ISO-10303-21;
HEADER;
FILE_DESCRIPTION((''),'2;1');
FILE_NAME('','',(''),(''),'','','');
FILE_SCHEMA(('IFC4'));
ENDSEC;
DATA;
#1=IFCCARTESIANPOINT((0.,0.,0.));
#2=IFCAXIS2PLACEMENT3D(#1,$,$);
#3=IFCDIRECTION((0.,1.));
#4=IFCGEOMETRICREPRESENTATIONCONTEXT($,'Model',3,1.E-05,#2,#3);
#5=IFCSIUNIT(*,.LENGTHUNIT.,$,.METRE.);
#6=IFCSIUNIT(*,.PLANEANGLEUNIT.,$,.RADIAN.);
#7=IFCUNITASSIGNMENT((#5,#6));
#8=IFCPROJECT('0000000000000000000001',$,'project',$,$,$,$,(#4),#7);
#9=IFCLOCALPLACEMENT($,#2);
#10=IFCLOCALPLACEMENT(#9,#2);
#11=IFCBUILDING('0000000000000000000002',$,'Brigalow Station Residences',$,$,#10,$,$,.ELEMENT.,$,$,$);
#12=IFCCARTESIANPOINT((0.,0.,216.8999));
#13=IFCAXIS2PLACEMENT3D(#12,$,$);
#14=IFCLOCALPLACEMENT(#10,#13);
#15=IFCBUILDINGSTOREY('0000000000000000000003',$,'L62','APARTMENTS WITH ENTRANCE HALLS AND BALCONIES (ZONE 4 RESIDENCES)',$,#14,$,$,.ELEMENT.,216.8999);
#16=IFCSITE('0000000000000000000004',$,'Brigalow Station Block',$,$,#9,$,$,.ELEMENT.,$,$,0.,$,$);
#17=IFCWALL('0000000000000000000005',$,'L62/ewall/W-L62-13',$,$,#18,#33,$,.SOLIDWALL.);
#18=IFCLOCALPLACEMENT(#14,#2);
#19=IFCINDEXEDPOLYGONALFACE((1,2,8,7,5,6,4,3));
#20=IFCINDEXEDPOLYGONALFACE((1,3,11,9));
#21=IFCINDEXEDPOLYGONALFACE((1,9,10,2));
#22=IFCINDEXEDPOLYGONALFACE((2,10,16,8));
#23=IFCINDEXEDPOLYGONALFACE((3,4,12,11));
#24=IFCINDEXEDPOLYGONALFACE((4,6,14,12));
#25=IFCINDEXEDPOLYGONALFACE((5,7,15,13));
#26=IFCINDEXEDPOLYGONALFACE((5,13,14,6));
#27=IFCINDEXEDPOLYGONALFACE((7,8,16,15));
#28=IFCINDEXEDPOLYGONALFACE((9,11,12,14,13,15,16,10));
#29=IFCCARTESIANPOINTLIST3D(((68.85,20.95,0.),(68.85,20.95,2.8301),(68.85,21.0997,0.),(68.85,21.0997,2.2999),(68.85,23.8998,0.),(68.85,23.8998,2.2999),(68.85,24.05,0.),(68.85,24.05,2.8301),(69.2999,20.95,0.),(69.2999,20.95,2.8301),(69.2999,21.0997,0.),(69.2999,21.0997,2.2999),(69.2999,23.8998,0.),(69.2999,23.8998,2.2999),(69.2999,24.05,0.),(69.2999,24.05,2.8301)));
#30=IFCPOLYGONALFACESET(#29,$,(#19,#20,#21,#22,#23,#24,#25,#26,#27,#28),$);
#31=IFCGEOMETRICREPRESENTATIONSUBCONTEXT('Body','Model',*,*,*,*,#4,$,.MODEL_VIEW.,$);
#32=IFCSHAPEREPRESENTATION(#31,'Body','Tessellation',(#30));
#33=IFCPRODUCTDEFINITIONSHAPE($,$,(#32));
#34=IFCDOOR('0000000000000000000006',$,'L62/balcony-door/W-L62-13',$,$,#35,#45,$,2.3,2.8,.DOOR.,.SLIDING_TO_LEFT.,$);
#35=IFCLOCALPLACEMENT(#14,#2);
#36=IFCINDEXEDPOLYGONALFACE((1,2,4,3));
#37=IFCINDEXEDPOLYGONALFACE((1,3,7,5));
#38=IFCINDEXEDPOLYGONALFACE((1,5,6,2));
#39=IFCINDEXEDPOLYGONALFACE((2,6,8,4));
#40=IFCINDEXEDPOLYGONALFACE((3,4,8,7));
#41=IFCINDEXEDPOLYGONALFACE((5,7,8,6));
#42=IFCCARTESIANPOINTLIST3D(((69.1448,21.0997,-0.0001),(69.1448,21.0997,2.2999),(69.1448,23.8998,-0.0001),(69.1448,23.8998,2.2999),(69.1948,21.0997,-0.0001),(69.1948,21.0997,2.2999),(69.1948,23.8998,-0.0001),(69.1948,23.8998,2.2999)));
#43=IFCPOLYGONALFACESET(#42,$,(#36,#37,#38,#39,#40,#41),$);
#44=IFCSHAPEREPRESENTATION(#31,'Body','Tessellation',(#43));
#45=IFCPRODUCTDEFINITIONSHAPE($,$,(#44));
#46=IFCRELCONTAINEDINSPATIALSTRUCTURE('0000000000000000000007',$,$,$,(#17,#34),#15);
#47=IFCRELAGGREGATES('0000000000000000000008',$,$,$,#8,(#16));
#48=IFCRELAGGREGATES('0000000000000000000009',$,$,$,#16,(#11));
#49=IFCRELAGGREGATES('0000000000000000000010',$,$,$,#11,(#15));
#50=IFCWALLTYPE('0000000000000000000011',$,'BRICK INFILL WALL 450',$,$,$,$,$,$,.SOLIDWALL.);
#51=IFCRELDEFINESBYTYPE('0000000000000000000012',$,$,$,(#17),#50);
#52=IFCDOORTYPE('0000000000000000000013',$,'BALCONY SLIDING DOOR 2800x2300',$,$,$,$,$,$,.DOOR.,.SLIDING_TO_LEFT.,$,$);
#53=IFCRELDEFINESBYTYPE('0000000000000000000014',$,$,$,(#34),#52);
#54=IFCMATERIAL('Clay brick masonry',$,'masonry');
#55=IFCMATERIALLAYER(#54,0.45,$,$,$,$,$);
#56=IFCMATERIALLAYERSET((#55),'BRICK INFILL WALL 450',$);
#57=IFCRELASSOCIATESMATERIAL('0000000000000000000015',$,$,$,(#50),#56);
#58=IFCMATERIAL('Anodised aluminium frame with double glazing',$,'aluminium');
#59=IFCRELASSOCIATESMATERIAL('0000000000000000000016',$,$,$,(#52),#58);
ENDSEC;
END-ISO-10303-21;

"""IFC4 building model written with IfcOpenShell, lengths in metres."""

from ifc_helpers import new_model, si_unit, direction, frame, frame_2d, origin, place, context, subcontext, project, spatial, rectangle, extrude, material, layer, layer_set, type_object, element, fill, save


model = new_model("IFC4")

# Units and contexts
model_context = context("Model", 3, precision=1e-05, world=origin(), true_north=direction((0.0, 1.0)))
body_context = subcontext(model_context, "Body", "Model", "MODEL_VIEW")
ifc_project = project(units=[si_unit("LENGTHUNIT", "METRE"), si_unit("PLANEANGLEUNIT", "RADIAN")], contexts=[model_context])

# Site, building, storey
site_placement = place(None, origin())
site = spatial("IfcSite", under=ifc_project, at=site_placement, Name="Brigalow Station Block", CompositionType="ELEMENT", RefElevation=0.0)
building_placement = place(site_placement, origin())
building = spatial("IfcBuilding", under=site, at=building_placement, Name="Brigalow Station Residences", CompositionType="ELEMENT")
storey_placement = place(building_placement, frame((0.0, 0.0, 216.8999)))
storey = spatial("IfcBuildingStorey", under=building, at=storey_placement, Name="L62", Description="APARTMENTS WITH ENTRANCE HALLS AND BALCONIES (ZONE 4 RESIDENCES)", CompositionType="ELEMENT", Elevation=216.8999)

# Shared definitions
ifc_material_1 = material(Name="Clay brick masonry", Category="masonry")
ifc_layer = layer(ifc_material_1, 0.45)
ifc_layer_set = layer_set([ifc_layer], Name="BRICK INFILL WALL 450")
wall_type = type_object("IfcWallType", Name="BRICK INFILL WALL 450", PredefinedType="SOLIDWALL", material=ifc_layer_set)

# Wall, opening, door
ifc_material_2 = material(Name="Anodised aluminium frame with double glazing", Category="aluminium")
door_type = type_object("IfcDoorType", Name="BALCONY SLIDING DOOR 2800x2300", OperationType="SLIDING_TO_LEFT", PredefinedType="DOOR", material=ifc_material_2)
wall_1_placement = place(storey_placement, frame((69.075, 20.95, 0.0), z_axis=(0.0, 0.0, 1.0), x_axis=(0.0, 1.0, 0.0)))
wall_1 = element("IfcWall", 1, at=wall_1_placement, inside=storey, type_object=wall_type, Name="L62/ewall/W-L62-13", PredefinedType="SOLIDWALL", context=body_context, shape_type="SweptSolid", body=[
    extrude(rectangle(XDim=3.1001, YDim=0.45, at=frame_2d((1.55, 0.0))), origin(), (0.0, 0.0, 1.0), 2.8301),
])
opening_1_placement = place(wall_1_placement, frame((0.1499, 0.0, 0.0)))
opening_1 = element("IfcOpeningElement", 2, at=opening_1_placement, cuts=wall_1, PredefinedType="OPENING", context=body_context, shape_type="SweptSolid", body=[
    extrude(rectangle(XDim=2.8, YDim=2.3, at=frame_2d((1.3999, 1.1499))), frame((0.0, 0.2349, 0.0), z_axis=(0.0, -1.0, 0.0), x_axis=(1.0, 0.0, 0.0)), (0.0, 0.0, 1.0), 0.47),
])
door_1_placement = place(opening_1_placement, origin())
door_1 = element("IfcDoor", 3, at=door_1_placement, inside=storey, type_object=door_type, Name="L62/balcony-door/W-L62-13", OperationType="SLIDING_TO_LEFT", OverallHeight=2.3, OverallWidth=2.8, PredefinedType="DOOR", context=body_context, shape_type="SweptSolid", body=[
    extrude(rectangle(XDim=2.8, YDim=2.3, at=frame_2d((1.3999, 1.1499))), frame((0.0, -0.0698, 0.0), z_axis=(0.0, -1.0, 0.0), x_axis=(1.0, 0.0, 0.0)), (0.0, 0.0, 1.0), 0.05),
])
fill(opening_1, door_1)

save(model, "model.ifc")
